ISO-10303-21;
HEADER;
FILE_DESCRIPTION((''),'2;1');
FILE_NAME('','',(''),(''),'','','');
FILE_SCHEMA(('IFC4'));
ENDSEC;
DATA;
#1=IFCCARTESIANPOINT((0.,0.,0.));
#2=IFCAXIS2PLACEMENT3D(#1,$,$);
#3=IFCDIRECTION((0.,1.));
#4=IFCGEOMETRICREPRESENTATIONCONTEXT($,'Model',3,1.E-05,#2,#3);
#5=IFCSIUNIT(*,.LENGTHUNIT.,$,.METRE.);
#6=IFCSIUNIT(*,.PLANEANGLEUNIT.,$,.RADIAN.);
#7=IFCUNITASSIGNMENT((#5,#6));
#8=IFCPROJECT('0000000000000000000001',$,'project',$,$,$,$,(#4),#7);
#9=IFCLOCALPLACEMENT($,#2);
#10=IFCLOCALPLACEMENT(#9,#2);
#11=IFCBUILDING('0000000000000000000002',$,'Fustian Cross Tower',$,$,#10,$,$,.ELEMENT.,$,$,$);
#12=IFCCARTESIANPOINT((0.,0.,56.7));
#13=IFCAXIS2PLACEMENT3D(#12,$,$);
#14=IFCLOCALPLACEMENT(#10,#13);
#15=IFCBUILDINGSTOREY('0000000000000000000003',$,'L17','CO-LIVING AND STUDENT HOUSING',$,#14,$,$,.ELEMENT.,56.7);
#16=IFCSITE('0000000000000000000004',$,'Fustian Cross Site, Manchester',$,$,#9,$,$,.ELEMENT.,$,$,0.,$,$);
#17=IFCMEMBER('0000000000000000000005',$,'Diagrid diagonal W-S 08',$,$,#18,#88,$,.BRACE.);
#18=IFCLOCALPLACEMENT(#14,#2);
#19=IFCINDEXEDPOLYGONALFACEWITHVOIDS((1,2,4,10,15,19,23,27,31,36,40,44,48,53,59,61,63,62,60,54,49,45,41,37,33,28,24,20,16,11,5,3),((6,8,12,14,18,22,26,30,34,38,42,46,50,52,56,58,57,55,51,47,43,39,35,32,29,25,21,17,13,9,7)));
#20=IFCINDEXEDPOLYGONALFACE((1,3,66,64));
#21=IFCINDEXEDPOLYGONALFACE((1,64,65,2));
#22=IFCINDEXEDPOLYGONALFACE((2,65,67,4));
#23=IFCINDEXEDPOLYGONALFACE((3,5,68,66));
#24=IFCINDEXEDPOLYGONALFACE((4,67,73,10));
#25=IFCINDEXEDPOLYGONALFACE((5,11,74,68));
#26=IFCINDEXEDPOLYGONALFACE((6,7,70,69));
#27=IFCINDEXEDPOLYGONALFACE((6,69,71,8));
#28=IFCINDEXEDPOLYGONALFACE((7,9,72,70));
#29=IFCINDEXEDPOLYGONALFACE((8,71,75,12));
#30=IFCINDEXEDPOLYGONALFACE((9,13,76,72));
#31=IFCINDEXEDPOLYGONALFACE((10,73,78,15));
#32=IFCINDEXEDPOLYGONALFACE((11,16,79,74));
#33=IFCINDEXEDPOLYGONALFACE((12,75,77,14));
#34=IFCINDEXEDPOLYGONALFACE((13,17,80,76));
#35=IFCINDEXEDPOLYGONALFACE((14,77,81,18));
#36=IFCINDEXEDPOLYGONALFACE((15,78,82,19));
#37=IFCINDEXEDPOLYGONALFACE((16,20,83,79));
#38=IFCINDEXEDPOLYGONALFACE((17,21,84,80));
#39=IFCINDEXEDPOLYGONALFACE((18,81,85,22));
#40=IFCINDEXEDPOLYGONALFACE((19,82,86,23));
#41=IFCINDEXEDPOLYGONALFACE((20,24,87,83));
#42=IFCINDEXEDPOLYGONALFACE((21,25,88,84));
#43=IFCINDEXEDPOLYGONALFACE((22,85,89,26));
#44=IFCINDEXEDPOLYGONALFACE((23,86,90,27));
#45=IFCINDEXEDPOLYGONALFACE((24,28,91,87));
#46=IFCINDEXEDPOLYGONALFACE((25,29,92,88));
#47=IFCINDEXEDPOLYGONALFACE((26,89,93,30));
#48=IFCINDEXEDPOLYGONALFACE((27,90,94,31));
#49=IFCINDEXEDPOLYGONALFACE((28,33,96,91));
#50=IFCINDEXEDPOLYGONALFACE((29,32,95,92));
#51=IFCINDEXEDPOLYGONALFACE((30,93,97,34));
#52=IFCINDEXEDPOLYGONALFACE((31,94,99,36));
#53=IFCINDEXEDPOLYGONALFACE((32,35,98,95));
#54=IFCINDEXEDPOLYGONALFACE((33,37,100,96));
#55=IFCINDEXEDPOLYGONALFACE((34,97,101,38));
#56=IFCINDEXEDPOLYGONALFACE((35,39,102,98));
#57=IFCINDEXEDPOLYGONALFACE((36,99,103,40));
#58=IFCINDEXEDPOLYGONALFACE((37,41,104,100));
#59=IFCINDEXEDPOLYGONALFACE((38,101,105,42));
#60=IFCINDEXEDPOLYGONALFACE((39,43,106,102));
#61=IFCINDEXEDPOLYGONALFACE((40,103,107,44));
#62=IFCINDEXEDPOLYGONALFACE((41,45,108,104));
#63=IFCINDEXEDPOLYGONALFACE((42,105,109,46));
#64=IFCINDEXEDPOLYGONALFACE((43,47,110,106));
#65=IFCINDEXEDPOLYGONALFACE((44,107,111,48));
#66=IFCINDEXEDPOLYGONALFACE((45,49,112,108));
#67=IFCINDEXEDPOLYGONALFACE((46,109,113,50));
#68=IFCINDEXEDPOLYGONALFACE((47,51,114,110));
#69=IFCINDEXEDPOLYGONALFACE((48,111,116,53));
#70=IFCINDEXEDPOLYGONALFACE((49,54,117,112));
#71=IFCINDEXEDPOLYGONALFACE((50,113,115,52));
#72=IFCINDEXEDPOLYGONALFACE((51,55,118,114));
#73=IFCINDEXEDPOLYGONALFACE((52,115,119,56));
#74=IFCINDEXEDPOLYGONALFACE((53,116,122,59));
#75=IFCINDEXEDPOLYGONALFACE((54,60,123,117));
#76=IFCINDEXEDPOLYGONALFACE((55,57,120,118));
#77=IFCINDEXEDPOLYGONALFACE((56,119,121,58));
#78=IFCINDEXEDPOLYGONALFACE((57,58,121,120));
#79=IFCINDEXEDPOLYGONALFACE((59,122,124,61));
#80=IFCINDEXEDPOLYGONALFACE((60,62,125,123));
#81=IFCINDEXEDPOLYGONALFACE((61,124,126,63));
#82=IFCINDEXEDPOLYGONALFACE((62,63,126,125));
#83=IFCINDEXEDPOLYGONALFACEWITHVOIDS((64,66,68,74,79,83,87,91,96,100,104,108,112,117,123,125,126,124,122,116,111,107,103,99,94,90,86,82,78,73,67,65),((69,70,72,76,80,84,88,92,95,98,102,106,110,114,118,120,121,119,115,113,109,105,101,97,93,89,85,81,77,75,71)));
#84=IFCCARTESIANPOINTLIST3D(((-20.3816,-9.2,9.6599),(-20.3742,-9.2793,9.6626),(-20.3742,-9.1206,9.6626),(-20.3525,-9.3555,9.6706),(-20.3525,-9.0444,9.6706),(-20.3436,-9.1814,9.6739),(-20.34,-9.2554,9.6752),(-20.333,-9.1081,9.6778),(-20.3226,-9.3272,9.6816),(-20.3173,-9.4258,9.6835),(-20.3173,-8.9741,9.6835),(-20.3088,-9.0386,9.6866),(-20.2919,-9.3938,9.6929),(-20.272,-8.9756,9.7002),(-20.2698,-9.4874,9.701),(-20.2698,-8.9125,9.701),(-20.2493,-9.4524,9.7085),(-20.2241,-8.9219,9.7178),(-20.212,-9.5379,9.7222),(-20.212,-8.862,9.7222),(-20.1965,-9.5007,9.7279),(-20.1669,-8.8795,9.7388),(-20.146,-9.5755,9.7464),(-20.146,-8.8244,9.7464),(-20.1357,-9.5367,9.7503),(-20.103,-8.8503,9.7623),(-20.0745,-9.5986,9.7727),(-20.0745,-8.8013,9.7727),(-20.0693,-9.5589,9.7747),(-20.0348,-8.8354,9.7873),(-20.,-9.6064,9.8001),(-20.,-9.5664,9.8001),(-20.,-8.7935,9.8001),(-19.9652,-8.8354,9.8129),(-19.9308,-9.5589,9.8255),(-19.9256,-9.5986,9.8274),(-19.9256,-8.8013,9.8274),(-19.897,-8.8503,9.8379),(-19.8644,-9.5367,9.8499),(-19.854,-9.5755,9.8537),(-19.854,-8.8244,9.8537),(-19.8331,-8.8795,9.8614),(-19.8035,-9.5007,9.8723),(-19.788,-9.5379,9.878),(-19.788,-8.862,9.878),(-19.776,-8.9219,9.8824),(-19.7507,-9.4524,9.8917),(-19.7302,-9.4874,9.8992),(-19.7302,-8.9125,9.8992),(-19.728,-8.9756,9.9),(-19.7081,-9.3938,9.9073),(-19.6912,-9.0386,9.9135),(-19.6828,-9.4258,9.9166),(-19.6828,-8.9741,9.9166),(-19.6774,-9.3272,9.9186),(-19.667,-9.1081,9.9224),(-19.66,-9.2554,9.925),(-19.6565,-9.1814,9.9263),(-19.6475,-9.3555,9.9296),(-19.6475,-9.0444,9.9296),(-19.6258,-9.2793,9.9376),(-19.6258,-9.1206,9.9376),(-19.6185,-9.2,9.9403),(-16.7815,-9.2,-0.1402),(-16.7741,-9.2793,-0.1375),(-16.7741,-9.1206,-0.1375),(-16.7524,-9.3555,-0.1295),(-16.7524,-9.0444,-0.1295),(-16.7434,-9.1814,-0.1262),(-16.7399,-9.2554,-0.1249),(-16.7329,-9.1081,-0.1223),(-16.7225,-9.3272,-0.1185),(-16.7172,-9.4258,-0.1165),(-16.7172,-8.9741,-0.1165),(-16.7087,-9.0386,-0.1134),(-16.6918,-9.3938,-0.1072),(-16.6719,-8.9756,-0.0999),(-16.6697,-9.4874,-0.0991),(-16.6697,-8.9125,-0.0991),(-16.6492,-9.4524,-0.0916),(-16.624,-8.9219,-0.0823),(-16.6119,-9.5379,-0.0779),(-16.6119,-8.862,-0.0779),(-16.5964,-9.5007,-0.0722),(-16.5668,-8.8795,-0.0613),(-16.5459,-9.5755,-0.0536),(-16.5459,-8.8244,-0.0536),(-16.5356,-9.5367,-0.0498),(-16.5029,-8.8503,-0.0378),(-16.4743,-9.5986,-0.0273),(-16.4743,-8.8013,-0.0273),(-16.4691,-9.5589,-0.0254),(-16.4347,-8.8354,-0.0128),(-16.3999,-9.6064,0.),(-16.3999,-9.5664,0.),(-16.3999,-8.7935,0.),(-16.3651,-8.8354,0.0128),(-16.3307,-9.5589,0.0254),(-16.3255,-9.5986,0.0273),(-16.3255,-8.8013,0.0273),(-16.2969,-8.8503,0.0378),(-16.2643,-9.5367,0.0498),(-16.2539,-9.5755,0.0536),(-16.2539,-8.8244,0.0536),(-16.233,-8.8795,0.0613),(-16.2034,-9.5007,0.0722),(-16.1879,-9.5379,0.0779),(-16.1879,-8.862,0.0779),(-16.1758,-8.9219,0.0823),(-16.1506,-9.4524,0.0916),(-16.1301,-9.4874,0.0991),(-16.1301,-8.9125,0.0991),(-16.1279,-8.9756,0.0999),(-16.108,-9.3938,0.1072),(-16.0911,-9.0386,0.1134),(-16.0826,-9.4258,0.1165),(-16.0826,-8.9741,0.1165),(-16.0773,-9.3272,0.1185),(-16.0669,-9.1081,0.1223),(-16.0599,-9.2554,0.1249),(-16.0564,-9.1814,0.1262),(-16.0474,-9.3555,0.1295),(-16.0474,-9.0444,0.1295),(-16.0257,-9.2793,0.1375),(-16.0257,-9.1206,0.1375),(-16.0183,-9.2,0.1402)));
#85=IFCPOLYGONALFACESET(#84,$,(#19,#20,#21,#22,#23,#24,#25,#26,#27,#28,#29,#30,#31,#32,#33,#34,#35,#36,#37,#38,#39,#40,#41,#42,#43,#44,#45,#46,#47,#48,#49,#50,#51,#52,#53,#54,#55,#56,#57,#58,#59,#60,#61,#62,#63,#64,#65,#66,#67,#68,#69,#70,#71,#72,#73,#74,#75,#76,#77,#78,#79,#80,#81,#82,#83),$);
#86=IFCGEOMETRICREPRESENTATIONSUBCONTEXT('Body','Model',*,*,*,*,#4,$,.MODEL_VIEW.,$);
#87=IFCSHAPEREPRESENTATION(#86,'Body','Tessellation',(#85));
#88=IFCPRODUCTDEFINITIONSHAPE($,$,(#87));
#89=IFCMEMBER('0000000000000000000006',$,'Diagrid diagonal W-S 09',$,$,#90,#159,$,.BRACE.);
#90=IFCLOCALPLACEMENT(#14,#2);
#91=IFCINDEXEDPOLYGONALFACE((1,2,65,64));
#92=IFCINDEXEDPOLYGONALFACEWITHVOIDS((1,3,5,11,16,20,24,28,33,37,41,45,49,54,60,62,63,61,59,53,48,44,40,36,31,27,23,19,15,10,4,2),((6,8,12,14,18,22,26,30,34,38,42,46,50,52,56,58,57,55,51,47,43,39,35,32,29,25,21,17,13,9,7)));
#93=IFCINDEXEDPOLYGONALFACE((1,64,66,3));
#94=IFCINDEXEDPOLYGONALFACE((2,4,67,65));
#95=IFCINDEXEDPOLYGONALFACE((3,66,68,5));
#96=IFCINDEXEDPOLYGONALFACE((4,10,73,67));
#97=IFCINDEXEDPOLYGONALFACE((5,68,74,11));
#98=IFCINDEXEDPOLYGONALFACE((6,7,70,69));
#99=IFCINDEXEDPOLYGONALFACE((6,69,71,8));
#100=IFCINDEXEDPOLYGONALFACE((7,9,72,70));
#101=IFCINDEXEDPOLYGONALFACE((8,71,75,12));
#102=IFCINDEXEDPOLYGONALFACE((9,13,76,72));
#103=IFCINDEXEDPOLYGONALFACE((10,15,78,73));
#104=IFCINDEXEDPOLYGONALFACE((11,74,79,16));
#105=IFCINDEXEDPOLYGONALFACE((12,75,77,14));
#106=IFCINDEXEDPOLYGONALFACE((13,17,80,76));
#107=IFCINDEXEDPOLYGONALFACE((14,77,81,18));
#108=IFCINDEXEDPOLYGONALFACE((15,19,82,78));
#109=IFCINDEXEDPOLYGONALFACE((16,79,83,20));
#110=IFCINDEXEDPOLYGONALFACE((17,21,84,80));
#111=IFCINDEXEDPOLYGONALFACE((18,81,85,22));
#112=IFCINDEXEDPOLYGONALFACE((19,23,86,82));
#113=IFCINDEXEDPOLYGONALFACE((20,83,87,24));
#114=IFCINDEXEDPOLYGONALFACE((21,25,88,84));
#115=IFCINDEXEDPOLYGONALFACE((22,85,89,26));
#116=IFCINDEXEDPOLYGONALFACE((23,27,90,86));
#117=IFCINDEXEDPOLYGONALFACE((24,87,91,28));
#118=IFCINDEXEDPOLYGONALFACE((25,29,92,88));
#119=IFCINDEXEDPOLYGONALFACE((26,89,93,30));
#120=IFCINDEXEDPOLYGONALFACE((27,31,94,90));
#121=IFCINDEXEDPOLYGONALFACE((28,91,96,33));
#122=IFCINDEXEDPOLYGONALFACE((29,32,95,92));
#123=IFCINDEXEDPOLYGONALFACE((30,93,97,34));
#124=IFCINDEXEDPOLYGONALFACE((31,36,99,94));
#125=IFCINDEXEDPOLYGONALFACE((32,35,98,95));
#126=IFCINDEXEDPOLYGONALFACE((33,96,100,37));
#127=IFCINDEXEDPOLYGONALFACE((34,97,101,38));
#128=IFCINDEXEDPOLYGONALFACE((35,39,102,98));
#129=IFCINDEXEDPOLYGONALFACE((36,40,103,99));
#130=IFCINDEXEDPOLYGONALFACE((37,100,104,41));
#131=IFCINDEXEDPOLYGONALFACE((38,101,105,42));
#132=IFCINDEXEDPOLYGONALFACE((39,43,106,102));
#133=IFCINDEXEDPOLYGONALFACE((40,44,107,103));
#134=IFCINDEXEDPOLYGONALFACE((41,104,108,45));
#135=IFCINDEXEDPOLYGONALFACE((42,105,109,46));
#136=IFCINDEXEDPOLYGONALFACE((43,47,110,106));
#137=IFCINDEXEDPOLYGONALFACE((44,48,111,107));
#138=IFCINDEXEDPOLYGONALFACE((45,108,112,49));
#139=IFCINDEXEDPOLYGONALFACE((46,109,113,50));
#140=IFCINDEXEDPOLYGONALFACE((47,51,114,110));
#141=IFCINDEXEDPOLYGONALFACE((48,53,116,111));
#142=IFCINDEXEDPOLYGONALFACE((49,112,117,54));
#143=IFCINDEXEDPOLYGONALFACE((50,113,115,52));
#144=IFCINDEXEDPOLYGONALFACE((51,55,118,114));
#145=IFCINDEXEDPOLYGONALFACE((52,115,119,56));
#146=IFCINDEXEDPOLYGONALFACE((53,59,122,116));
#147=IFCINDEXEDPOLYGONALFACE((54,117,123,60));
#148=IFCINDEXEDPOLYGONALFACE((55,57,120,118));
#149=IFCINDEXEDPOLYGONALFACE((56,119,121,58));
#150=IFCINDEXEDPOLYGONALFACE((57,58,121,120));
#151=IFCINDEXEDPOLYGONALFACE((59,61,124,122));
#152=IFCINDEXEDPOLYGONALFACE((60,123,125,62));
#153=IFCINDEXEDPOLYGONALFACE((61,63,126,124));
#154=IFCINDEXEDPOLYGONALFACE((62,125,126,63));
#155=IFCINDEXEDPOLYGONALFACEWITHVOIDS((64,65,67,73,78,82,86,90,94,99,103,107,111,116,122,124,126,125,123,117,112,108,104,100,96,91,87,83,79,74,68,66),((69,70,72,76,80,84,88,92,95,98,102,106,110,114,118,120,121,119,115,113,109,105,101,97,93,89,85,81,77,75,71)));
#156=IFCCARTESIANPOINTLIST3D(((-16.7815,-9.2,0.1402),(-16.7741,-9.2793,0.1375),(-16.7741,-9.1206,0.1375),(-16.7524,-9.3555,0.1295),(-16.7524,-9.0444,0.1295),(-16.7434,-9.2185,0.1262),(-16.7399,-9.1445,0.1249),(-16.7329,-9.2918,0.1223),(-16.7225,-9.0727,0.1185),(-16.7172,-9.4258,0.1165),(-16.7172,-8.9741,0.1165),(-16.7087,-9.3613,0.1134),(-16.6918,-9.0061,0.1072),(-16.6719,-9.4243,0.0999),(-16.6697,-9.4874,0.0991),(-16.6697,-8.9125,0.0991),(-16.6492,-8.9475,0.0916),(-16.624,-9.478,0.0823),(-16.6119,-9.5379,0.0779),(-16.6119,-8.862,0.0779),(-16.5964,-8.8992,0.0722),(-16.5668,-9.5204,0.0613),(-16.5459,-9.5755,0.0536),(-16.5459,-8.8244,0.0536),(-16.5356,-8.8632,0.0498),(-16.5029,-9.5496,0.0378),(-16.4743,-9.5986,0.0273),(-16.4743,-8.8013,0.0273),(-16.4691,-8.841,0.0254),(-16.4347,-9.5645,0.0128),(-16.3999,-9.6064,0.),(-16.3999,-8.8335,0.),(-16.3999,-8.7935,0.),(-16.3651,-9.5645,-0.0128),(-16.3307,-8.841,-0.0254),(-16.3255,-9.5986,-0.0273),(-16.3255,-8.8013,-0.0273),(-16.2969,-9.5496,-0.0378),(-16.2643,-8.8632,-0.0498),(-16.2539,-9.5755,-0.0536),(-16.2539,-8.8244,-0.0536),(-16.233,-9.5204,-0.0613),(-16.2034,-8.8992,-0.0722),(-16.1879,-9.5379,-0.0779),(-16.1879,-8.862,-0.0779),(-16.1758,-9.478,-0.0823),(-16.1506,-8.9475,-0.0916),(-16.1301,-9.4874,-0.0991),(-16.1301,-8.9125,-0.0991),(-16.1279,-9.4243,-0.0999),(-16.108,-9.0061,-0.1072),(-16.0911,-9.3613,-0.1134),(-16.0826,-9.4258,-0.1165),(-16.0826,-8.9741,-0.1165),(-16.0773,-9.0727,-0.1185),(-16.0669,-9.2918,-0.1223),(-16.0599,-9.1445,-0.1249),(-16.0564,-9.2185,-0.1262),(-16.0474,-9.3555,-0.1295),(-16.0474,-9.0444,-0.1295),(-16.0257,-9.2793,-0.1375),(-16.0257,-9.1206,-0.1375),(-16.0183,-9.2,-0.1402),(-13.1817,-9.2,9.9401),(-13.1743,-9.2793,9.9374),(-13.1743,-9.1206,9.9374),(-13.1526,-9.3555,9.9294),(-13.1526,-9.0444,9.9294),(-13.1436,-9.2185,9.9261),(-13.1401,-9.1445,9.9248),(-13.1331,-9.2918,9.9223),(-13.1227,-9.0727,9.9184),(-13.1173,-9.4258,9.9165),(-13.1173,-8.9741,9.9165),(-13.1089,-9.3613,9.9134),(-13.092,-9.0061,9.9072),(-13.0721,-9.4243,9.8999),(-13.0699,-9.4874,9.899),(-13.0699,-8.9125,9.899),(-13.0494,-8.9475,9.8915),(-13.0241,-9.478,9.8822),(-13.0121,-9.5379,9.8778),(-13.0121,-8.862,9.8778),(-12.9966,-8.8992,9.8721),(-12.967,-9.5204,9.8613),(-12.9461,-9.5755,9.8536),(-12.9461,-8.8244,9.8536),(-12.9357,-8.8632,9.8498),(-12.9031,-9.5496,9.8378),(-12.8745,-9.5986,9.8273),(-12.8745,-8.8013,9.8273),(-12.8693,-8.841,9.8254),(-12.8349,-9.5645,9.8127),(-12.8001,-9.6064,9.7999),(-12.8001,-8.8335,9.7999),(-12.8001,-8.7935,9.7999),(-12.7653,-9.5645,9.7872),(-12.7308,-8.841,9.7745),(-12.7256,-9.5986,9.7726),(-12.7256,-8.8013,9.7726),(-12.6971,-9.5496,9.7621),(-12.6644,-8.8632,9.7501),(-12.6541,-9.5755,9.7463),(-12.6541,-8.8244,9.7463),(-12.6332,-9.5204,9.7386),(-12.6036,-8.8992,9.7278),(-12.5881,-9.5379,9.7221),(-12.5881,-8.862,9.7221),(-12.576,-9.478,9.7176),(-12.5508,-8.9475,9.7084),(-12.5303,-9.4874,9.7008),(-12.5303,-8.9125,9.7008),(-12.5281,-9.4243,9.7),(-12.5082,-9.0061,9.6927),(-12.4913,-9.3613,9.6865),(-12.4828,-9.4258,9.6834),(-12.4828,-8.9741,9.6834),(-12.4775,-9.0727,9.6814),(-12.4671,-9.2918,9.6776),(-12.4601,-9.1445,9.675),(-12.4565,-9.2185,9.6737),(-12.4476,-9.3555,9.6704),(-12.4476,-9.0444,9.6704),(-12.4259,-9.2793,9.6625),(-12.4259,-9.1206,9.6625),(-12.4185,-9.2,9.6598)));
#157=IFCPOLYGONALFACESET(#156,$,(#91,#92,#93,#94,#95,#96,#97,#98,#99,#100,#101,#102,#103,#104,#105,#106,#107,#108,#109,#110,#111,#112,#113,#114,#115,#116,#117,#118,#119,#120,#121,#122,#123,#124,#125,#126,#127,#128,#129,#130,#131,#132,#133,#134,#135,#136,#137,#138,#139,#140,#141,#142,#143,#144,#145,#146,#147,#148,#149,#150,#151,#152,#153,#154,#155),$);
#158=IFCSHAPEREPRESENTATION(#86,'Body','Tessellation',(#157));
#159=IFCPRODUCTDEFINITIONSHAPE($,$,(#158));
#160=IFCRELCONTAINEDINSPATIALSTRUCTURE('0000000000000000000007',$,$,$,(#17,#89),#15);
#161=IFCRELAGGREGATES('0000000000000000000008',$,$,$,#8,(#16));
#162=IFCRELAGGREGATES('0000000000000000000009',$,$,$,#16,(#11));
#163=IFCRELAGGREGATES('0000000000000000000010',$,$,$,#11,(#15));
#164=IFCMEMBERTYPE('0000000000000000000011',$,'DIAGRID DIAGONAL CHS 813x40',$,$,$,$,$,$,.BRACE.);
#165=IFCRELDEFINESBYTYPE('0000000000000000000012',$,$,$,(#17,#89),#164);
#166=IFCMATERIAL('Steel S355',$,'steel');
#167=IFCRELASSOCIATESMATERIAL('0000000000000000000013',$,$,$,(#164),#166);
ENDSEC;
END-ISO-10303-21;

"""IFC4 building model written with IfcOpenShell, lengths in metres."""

from ifc_helpers import new_model, si_unit, direction, frame, origin, origin_2d, place, context, subcontext, project, spatial, hollow_circle, extrude, material, material_profile, profile_set, type_object, element, save


model = new_model("IFC4")

# Units and contexts
model_context = context("Model", 3, precision=1e-05, world=origin(), true_north=direction((0.0, 1.0)))
body_context = subcontext(model_context, "Body", "Model", "MODEL_VIEW")
ifc_project = project(units=[si_unit("LENGTHUNIT", "METRE"), si_unit("PLANEANGLEUNIT", "RADIAN")], contexts=[model_context])

# Site, building, storey
site_placement = place(None, origin())
site = spatial("IfcSite", under=ifc_project, at=site_placement, Name="Fustian Cross Site, Manchester", CompositionType="ELEMENT", RefElevation=0.0)
building_placement = place(site_placement, origin())
building = spatial("IfcBuilding", under=site, at=building_placement, Name="Fustian Cross Tower", CompositionType="ELEMENT")
storey_placement = place(building_placement, frame((0.0, 0.0, 56.7)))
storey = spatial("IfcBuildingStorey", under=building, at=storey_placement, Name="L17", Description="CO-LIVING AND STUDENT HOUSING", CompositionType="ELEMENT", Elevation=56.7)

# Members
ifc_material_1 = material(Name="Steel S355", Category="steel")
ifc_material_profile_1 = material_profile(ifc_material_1, hollow_circle(Radius=0.4065, WallThickness=0.04, at=origin_2d()), Name="CHS 813x40")
ifc_profile_set_1 = profile_set([ifc_material_profile_1], Name="Steel S355")
member_type_1 = type_object("IfcMemberType", Name="DIAGRID DIAGONAL CHS 813x40", PredefinedType="BRACE", material=ifc_profile_set_1)
for number, where, z_axis, x_axis, name in (
    (1, (-16.3999, -9.2, 0.0), (-0.344824, 0.0, 0.938667), (0.0, -1.0, 0.0), "Diagrid diagonal W-S 08"),
):
    element("IfcMember", number, at=place(storey_placement, frame(where, z_axis=z_axis, x_axis=x_axis)), inside=storey, type_object=member_type_1, Name=name, PredefinedType="BRACE", context=body_context, shape_type="SweptSolid", body=[
        extrude(hollow_circle(Radius=0.4065, WallThickness=0.04, at=origin_2d()), origin(), (0.0, 0.0, 1.0), 10.4404),
    ])
for number, where, z_axis, x_axis, name in (
    (2, (-16.3999, -9.2, 0.0), (0.344804, 0.0, 0.938675), (0.0, 1.0, 0.0), "Diagrid diagonal W-S 09"),
):
    element("IfcMember", number, at=place(storey_placement, frame(where, z_axis=z_axis, x_axis=x_axis)), inside=storey, type_object=member_type_1, Name=name, PredefinedType="BRACE", context=body_context, shape_type="SweptSolid", body=[
        extrude(hollow_circle(Radius=0.4065, WallThickness=0.04, at=origin_2d()), origin(), (0.0, 0.0, 1.0), 10.4402),
    ])

save(model, "model.ifc")
